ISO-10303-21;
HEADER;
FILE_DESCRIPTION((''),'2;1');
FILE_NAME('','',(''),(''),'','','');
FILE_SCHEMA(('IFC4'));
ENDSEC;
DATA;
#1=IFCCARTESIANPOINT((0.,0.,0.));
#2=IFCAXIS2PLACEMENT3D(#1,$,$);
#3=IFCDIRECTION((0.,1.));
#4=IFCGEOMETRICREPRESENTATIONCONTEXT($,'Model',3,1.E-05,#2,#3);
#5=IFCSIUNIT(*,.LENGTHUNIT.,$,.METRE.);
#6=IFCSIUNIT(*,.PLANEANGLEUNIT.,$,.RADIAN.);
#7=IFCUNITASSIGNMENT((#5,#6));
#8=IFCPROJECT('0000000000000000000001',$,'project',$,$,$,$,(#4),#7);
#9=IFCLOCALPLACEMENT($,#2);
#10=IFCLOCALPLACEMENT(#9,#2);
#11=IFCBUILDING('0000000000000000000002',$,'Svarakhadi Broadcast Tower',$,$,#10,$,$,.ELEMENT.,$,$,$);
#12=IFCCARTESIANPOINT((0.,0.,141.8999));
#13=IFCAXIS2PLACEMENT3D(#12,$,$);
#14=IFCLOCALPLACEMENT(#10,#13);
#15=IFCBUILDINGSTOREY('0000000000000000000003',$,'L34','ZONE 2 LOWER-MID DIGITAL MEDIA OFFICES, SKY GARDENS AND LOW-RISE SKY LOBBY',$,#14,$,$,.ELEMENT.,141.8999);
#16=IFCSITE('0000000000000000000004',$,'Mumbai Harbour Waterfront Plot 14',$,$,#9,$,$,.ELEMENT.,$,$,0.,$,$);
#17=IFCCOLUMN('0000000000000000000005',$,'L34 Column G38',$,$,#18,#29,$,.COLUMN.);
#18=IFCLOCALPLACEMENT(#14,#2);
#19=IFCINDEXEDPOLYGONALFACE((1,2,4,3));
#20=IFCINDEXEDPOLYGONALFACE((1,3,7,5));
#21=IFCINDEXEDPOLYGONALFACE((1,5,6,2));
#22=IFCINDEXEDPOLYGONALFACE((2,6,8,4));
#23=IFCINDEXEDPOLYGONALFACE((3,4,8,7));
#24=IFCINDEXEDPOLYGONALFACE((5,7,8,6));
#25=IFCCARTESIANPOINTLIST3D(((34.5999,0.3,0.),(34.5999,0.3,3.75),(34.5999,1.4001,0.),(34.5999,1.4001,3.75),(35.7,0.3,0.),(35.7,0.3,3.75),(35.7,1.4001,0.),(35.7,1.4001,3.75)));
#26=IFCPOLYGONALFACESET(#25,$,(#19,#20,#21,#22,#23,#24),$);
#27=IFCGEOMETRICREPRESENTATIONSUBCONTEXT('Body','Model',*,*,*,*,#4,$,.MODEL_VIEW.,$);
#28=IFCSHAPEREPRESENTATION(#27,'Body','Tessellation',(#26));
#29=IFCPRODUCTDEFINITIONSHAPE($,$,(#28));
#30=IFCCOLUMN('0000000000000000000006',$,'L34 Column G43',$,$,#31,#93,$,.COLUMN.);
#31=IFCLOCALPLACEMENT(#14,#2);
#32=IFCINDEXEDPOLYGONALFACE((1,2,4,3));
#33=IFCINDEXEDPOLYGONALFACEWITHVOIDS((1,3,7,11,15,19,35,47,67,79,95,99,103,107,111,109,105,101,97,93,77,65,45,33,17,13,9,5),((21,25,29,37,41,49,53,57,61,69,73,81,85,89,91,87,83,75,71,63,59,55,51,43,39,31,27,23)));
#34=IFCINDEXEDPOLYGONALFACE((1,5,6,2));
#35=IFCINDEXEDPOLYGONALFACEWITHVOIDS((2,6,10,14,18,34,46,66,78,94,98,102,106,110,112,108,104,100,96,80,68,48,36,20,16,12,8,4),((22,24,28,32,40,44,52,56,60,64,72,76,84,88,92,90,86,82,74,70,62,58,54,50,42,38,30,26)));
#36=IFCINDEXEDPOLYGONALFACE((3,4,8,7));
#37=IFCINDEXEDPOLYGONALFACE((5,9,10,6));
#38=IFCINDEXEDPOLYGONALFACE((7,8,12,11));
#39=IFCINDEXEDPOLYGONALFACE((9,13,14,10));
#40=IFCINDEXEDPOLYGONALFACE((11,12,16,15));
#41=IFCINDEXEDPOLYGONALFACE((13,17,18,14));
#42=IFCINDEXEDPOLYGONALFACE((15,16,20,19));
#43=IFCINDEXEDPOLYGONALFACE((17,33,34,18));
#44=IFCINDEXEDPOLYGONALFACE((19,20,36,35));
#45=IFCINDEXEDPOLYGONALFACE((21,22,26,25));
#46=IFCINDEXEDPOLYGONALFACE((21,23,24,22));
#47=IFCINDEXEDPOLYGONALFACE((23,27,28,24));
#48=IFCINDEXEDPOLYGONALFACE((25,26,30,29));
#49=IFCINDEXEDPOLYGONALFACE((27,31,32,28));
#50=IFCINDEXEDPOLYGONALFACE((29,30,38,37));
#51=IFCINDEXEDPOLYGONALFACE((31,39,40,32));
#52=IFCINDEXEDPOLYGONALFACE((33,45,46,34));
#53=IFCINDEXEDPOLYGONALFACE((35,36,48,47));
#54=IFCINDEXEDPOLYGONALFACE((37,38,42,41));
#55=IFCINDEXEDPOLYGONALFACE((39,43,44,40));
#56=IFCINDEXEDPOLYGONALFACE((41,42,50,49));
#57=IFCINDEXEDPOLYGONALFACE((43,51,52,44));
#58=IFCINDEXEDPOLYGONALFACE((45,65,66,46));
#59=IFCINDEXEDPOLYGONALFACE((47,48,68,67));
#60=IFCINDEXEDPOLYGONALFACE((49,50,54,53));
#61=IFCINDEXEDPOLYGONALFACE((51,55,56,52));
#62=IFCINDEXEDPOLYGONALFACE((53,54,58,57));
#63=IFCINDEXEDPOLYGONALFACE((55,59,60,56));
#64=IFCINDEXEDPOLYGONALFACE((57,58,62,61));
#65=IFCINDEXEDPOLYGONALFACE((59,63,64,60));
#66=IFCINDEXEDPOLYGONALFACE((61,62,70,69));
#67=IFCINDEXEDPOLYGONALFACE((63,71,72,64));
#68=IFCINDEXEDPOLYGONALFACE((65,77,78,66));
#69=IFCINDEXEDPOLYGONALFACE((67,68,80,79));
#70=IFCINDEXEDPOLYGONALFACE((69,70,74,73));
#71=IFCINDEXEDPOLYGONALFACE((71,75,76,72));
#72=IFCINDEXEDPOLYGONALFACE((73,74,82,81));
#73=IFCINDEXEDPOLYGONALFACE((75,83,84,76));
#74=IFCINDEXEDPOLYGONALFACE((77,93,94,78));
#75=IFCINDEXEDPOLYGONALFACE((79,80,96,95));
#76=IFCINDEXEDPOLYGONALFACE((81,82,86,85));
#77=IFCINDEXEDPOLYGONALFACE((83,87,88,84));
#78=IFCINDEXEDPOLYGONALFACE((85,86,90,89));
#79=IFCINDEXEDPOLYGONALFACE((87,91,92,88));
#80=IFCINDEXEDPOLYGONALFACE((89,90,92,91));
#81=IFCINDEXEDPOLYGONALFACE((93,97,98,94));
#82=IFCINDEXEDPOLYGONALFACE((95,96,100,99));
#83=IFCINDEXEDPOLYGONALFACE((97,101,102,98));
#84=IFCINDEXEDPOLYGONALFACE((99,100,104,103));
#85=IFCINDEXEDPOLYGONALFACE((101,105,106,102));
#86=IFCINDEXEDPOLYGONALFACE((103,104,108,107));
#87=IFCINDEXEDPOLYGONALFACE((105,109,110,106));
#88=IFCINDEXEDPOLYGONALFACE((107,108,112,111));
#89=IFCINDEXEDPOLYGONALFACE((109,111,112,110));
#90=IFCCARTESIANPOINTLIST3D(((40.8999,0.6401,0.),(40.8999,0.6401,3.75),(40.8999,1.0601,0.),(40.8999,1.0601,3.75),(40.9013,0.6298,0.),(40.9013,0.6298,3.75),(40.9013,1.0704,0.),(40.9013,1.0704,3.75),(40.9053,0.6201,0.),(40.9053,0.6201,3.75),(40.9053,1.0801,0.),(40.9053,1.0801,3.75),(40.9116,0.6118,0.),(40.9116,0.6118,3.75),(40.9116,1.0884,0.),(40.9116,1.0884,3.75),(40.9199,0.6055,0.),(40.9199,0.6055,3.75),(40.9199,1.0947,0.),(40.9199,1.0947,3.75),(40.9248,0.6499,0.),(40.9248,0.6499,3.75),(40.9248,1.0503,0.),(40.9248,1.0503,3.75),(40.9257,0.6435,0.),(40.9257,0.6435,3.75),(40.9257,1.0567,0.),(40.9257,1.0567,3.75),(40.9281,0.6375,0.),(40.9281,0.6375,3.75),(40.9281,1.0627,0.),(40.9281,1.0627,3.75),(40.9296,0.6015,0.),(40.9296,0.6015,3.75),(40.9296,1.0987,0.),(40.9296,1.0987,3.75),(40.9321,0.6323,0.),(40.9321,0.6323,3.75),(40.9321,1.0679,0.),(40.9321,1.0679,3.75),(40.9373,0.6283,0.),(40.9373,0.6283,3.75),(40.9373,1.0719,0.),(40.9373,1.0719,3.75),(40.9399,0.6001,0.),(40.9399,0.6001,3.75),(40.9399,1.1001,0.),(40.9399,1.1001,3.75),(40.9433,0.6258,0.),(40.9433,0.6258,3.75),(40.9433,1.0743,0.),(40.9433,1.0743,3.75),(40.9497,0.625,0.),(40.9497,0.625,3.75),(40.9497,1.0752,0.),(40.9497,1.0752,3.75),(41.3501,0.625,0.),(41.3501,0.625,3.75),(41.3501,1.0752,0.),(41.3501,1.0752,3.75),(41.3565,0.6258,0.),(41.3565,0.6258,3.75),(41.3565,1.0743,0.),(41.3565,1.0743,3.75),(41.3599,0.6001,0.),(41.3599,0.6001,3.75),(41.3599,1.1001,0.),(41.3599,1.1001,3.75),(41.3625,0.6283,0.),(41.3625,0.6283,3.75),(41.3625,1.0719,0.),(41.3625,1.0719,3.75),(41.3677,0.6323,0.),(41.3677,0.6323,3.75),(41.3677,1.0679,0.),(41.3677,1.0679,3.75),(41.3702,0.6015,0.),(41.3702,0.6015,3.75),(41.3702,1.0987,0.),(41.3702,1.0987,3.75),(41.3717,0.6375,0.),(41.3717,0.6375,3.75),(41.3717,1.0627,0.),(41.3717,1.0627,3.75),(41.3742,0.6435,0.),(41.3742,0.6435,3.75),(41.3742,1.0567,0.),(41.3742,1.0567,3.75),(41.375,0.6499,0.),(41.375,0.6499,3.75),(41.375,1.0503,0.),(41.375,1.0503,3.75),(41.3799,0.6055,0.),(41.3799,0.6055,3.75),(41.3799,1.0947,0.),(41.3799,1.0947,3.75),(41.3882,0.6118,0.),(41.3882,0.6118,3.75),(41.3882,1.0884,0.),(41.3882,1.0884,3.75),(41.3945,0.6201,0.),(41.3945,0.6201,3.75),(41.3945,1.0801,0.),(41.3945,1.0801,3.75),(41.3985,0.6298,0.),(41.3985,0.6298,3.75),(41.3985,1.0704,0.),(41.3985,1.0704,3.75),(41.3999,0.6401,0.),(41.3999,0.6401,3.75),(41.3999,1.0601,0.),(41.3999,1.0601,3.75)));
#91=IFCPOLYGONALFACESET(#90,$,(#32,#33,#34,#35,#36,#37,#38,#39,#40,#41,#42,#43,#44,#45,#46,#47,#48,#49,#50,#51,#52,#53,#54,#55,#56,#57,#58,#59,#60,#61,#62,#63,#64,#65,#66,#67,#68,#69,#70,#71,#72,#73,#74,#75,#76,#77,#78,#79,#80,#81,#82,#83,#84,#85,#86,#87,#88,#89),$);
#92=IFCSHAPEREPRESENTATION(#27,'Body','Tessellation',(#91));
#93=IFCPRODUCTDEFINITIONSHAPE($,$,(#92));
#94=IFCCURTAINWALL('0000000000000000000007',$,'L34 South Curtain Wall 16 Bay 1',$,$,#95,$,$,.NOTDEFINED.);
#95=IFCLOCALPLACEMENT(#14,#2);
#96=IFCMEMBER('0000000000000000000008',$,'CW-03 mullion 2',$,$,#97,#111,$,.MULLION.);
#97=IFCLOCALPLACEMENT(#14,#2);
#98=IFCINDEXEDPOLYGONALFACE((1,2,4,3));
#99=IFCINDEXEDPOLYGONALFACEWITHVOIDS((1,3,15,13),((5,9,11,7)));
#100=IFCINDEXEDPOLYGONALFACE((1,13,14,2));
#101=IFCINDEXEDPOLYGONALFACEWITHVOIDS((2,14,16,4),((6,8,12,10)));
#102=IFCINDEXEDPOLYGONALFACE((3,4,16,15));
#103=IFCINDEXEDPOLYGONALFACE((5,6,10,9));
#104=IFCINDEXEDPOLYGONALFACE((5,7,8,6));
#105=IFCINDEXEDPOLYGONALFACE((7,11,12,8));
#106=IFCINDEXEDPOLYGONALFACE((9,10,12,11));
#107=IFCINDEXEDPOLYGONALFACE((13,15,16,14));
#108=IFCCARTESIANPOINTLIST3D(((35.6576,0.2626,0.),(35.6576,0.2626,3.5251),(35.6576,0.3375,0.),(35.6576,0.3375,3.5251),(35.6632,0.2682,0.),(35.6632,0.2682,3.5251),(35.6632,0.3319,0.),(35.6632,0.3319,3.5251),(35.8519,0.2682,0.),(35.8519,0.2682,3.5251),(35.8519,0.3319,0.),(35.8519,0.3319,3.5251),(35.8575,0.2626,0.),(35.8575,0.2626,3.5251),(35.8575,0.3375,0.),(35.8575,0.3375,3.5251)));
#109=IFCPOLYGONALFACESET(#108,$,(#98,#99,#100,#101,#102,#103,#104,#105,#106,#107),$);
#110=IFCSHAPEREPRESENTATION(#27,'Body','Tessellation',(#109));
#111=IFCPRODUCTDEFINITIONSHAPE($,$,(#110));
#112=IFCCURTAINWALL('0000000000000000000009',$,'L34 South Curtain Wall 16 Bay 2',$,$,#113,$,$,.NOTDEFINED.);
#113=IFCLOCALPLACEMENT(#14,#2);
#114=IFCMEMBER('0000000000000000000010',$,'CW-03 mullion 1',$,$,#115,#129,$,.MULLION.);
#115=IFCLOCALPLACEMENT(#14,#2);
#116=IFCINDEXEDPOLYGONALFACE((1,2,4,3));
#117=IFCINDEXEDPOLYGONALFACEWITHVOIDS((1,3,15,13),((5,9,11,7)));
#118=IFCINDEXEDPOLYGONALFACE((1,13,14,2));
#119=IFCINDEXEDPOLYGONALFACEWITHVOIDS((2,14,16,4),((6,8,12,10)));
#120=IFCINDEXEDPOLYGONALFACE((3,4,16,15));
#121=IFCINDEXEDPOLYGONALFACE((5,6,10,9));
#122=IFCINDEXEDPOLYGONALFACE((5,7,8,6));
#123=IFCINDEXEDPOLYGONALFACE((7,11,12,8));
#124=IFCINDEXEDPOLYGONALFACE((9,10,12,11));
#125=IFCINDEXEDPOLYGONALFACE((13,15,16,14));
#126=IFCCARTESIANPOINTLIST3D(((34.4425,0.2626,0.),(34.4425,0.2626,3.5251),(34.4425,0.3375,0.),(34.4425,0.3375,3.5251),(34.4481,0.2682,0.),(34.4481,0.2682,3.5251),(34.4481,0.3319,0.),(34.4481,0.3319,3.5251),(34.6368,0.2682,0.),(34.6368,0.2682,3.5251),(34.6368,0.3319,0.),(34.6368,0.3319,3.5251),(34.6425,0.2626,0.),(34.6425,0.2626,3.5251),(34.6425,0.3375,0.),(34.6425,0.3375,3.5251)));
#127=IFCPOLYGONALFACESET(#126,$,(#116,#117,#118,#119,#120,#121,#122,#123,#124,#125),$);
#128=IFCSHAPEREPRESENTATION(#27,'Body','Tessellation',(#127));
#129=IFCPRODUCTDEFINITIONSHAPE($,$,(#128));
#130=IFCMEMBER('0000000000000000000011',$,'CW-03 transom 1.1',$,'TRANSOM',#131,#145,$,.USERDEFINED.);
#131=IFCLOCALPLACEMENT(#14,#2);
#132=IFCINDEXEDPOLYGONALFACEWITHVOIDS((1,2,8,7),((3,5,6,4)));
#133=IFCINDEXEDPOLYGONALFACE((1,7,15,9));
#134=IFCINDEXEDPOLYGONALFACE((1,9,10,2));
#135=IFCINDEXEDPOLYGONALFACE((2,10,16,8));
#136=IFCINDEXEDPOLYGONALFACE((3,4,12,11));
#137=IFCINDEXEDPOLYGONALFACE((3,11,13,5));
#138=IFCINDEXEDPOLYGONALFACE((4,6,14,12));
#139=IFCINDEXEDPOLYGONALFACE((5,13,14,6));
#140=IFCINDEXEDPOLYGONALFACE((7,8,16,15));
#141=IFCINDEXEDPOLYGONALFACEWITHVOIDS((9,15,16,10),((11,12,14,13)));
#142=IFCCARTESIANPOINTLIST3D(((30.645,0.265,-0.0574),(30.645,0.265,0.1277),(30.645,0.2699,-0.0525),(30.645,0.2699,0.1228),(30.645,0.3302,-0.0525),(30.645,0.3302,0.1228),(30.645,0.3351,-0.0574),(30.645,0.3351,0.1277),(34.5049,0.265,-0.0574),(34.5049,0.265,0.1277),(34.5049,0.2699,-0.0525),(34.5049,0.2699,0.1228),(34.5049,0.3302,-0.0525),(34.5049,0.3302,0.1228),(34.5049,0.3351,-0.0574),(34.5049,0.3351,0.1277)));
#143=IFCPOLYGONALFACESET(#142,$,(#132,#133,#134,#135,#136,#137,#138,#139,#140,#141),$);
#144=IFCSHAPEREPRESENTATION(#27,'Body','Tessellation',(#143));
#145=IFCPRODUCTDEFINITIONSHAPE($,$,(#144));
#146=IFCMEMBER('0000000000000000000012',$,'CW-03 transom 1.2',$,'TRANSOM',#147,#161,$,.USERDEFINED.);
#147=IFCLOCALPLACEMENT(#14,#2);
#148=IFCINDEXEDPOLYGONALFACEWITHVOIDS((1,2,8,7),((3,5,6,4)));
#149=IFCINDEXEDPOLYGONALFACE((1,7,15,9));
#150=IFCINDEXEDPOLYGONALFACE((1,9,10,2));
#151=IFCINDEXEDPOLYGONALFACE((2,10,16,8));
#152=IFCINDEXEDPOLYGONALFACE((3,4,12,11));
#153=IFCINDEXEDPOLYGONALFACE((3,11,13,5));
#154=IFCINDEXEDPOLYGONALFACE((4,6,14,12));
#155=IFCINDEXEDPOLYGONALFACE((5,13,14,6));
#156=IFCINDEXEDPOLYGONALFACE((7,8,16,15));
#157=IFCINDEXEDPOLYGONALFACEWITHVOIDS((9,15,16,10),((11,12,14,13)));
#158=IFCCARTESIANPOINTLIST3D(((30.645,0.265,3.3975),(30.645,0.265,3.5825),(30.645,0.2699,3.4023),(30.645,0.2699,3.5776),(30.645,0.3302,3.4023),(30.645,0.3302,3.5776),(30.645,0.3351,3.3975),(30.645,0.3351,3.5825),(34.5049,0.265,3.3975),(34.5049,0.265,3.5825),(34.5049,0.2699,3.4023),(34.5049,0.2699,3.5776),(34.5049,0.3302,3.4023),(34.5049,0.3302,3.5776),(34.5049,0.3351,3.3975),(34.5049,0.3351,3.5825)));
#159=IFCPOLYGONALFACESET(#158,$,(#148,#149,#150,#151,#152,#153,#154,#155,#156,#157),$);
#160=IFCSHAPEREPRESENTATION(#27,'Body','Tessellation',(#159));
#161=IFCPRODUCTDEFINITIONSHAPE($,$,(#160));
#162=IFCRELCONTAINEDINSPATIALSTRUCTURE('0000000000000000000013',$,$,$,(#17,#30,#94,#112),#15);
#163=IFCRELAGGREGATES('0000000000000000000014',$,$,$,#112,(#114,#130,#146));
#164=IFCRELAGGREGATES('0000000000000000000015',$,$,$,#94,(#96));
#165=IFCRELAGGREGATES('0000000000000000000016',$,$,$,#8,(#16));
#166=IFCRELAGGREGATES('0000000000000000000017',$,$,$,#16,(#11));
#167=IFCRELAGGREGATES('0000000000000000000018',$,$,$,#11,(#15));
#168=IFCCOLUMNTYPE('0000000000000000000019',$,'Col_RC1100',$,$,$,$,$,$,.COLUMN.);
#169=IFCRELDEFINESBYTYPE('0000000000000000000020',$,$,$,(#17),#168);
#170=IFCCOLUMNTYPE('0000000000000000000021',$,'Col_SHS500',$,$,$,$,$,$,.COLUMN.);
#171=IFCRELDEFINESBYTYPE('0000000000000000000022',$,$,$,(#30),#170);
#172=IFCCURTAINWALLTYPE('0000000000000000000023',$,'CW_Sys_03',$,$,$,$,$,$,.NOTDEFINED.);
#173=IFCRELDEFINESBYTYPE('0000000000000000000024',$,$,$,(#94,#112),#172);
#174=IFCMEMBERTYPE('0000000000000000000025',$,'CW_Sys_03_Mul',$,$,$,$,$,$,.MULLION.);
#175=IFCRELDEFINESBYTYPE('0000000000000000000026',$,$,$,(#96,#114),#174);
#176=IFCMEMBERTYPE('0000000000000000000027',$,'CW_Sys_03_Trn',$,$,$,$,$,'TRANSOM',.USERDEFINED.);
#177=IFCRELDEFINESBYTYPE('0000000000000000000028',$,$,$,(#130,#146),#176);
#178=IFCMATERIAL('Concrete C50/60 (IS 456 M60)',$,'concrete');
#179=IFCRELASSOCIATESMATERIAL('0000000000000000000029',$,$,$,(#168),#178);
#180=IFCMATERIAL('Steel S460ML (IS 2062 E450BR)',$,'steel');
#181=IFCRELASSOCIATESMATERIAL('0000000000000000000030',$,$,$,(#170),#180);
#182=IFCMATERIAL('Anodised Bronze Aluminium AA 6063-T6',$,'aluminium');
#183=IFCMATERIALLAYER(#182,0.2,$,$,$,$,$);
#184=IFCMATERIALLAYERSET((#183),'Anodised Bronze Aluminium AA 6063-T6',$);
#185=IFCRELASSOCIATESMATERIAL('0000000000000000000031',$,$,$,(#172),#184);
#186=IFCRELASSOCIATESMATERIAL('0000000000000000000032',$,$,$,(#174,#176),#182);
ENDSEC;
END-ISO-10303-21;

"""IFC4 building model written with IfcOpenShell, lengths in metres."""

from ifc_helpers import new_model, si_unit, direction, frame, origin, origin_2d, place, context, subcontext, project, spatial, rectangle, hollow_rectangle, extrude, material, layer, layer_set, material_profile, profile_set, type_object, element, aggregate, save


model = new_model("IFC4")

# Units and contexts
model_context = context("Model", 3, precision=1e-05, world=origin(), true_north=direction((0.0, 1.0)))
body_context = subcontext(model_context, "Body", "Model", "MODEL_VIEW")
ifc_project = project(units=[si_unit("LENGTHUNIT", "METRE"), si_unit("PLANEANGLEUNIT", "RADIAN")], contexts=[model_context])

# Site, building, storey
site_placement = place(None, origin())
site = spatial("IfcSite", under=ifc_project, at=site_placement, Name="Mumbai Harbour Waterfront Plot 14", CompositionType="ELEMENT", RefElevation=0.0)
building_placement = place(site_placement, origin())
building = spatial("IfcBuilding", under=site, at=building_placement, Name="Svarakhadi Broadcast Tower", CompositionType="ELEMENT")
storey_placement = place(building_placement, frame((0.0, 0.0, 141.8999)))
storey = spatial("IfcBuildingStorey", under=building, at=storey_placement, Name="L34", Description="ZONE 2 LOWER-MID DIGITAL MEDIA OFFICES, SKY GARDENS AND LOW-RISE SKY LOBBY", CompositionType="ELEMENT", Elevation=141.8999)

# Columns
ifc_material_1 = material(Name="Concrete C50/60 (IS 456 M60)", Category="concrete")
ifc_material_profile_1 = material_profile(ifc_material_1, rectangle(XDim=1.1001, YDim=1.1001, at=origin_2d()), Name="RC 1100x1100")
ifc_profile_set_1 = profile_set([ifc_material_profile_1], Name="Concrete C50/60 (IS 456 M60)")
column_type_1 = type_object("IfcColumnType", Name="Col_RC1100", PredefinedType="COLUMN", material=ifc_profile_set_1)
column_1_placement = place(storey_placement, frame((35.1499, 0.8501, 0.0), z_axis=(0.0, 0.0, 1.0), x_axis=(1.0, 0.0, 0.0)))
element("IfcColumn", 1, at=column_1_placement, inside=storey, type_object=column_type_1, Name="L34 Column G38", PredefinedType="COLUMN", context=body_context, shape_type="SweptSolid", body=[
    extrude(rectangle(XDim=1.1001, YDim=1.1001, at=origin_2d()), origin(), (0.0, 0.0, 1.0), 3.75),
])
ifc_material_2 = material(Name="Steel S460ML (IS 2062 E450BR)", Category="steel")
ifc_material_profile_2 = material_profile(ifc_material_2, hollow_rectangle(XDim=0.5, YDim=0.5, WallThickness=0.0249, InnerFilletRadius=0.0249, OuterFilletRadius=0.04, at=origin_2d()), Name="SHS 500x500x25")
ifc_profile_set_2 = profile_set([ifc_material_profile_2], Name="Steel S460ML (IS 2062 E450BR)")
column_type_2 = type_object("IfcColumnType", Name="Col_SHS500", PredefinedType="COLUMN", material=ifc_profile_set_2)
column_2_placement = place(storey_placement, frame((41.1499, 0.8501, 0.0), z_axis=(0.0, 0.0, 1.0), x_axis=(1.0, 0.0, 0.0)))
element("IfcColumn", 2, at=column_2_placement, inside=storey, type_object=column_type_2, Name="L34 Column G43", PredefinedType="COLUMN", context=body_context, shape_type="SweptSolid", body=[
    extrude(hollow_rectangle(XDim=0.5, YDim=0.5, WallThickness=0.0249, InnerFilletRadius=0.0249, OuterFilletRadius=0.04, at=origin_2d()), origin(), (0.0, 0.0, 1.0), 3.75),
])

# Curtain wall, member
ifc_material_3 = material(Name="Anodised Bronze Aluminium AA 6063-T6", Category="aluminium")
ifc_layer_1 = layer(ifc_material_3, 0.2)
ifc_layer_set_1 = layer_set([ifc_layer_1], Name="Anodised Bronze Aluminium AA 6063-T6")
curtain_wall_type = type_object("IfcCurtainWallType", Name="CW_Sys_03", PredefinedType="NOTDEFINED", material=ifc_layer_set_1)
curtain_wall_1_placement = place(storey_placement, origin())
curtain_wall_1 = element("IfcCurtainWall", 3, at=curtain_wall_1_placement, inside=storey, type_object=curtain_wall_type, Name="L34 South Curtain Wall 16 Bay 1", PredefinedType="NOTDEFINED")
ifc_material_profile_3 = material_profile(ifc_material_3, hollow_rectangle(XDim=0.075, YDim=0.2, WallThickness=0.0056, at=origin_2d()), Name="ALU MULLION 200x75x6")
ifc_profile_set_3 = profile_set([ifc_material_profile_3], Name="Anodised Bronze Aluminium AA 6063-T6")
member_type_1 = type_object("IfcMemberType", Name="CW_Sys_03_Mul", PredefinedType="MULLION", material=ifc_profile_set_3)
member_1_placement = place(storey_placement, frame((35.7576, 0.3, 0.0), z_axis=(0.0, 0.0, 1.0), x_axis=(0.0, -1.0, 0.0)))
member_1 = element("IfcMember", 4, at=member_1_placement, type_object=member_type_1, Name="CW-03 mullion 2", PredefinedType="MULLION", context=body_context, shape_type="SweptSolid", body=[
    extrude(hollow_rectangle(XDim=0.075, YDim=0.2, WallThickness=0.0056, at=origin_2d()), origin(), (0.0, 0.0, 1.0), 3.5251),
])

# Curtain wall, members
curtain_wall_2_placement = place(storey_placement, origin())
curtain_wall_2 = element("IfcCurtainWall", 5, at=curtain_wall_2_placement, inside=storey, type_object=curtain_wall_type, Name="L34 South Curtain Wall 16 Bay 2", PredefinedType="NOTDEFINED")
member_2_placement = place(storey_placement, frame((34.5425, 0.3, 0.0), z_axis=(0.0, 0.0, 1.0), x_axis=(0.0, -1.0, 0.0)))
member_2 = element("IfcMember", 6, at=member_2_placement, type_object=member_type_1, Name="CW-03 mullion 1", PredefinedType="MULLION", context=body_context, shape_type="SweptSolid", body=[
    extrude(hollow_rectangle(XDim=0.075, YDim=0.2, WallThickness=0.0056, at=origin_2d()), origin(), (0.0, 0.0, 1.0), 3.5251),
])
ifc_material_profile_4 = material_profile(ifc_material_3, hollow_rectangle(XDim=0.0701, YDim=0.1851, WallThickness=0.0049, at=origin_2d()), Name="ALU TRANSOM 185x70x5")
ifc_profile_set_4 = profile_set([ifc_material_profile_4], Name="Anodised Bronze Aluminium AA 6063-T6")
member_type_2 = type_object("IfcMemberType", Name="CW_Sys_03_Trn", ElementType="TRANSOM", PredefinedType="USERDEFINED", material=ifc_profile_set_4)
member_3_placement = place(storey_placement, frame((34.5049, 0.3, 0.0352), z_axis=(-1.0, 0.0, 0.0), x_axis=(0.0, -1.0, 0.0)))
member_3 = element("IfcMember", 7, at=member_3_placement, type_object=member_type_2, Name="CW-03 transom 1.1", ObjectType="TRANSOM", PredefinedType="USERDEFINED", context=body_context, shape_type="SweptSolid", body=[
    extrude(hollow_rectangle(XDim=0.0701, YDim=0.1851, WallThickness=0.0049, at=origin_2d()), origin(), (0.0, 0.0, 1.0), 3.8599),
])
member_4_placement = place(storey_placement, frame((34.5049, 0.3, 3.49), z_axis=(-1.0, 0.0, 0.0), x_axis=(0.0, -1.0, 0.0)))
member_4 = element("IfcMember", 8, at=member_4_placement, type_object=member_type_2, Name="CW-03 transom 1.2", ObjectType="TRANSOM", PredefinedType="USERDEFINED", context=body_context, shape_type="SweptSolid", body=[
    extrude(hollow_rectangle(XDim=0.0701, YDim=0.1851, WallThickness=0.0049, at=origin_2d()), origin(), (0.0, 0.0, 1.0), 3.8599),
])
aggregate(curtain_wall_2, [member_2, member_3, member_4])

aggregate(curtain_wall_1, [member_1])

save(model, "model.ifc")
